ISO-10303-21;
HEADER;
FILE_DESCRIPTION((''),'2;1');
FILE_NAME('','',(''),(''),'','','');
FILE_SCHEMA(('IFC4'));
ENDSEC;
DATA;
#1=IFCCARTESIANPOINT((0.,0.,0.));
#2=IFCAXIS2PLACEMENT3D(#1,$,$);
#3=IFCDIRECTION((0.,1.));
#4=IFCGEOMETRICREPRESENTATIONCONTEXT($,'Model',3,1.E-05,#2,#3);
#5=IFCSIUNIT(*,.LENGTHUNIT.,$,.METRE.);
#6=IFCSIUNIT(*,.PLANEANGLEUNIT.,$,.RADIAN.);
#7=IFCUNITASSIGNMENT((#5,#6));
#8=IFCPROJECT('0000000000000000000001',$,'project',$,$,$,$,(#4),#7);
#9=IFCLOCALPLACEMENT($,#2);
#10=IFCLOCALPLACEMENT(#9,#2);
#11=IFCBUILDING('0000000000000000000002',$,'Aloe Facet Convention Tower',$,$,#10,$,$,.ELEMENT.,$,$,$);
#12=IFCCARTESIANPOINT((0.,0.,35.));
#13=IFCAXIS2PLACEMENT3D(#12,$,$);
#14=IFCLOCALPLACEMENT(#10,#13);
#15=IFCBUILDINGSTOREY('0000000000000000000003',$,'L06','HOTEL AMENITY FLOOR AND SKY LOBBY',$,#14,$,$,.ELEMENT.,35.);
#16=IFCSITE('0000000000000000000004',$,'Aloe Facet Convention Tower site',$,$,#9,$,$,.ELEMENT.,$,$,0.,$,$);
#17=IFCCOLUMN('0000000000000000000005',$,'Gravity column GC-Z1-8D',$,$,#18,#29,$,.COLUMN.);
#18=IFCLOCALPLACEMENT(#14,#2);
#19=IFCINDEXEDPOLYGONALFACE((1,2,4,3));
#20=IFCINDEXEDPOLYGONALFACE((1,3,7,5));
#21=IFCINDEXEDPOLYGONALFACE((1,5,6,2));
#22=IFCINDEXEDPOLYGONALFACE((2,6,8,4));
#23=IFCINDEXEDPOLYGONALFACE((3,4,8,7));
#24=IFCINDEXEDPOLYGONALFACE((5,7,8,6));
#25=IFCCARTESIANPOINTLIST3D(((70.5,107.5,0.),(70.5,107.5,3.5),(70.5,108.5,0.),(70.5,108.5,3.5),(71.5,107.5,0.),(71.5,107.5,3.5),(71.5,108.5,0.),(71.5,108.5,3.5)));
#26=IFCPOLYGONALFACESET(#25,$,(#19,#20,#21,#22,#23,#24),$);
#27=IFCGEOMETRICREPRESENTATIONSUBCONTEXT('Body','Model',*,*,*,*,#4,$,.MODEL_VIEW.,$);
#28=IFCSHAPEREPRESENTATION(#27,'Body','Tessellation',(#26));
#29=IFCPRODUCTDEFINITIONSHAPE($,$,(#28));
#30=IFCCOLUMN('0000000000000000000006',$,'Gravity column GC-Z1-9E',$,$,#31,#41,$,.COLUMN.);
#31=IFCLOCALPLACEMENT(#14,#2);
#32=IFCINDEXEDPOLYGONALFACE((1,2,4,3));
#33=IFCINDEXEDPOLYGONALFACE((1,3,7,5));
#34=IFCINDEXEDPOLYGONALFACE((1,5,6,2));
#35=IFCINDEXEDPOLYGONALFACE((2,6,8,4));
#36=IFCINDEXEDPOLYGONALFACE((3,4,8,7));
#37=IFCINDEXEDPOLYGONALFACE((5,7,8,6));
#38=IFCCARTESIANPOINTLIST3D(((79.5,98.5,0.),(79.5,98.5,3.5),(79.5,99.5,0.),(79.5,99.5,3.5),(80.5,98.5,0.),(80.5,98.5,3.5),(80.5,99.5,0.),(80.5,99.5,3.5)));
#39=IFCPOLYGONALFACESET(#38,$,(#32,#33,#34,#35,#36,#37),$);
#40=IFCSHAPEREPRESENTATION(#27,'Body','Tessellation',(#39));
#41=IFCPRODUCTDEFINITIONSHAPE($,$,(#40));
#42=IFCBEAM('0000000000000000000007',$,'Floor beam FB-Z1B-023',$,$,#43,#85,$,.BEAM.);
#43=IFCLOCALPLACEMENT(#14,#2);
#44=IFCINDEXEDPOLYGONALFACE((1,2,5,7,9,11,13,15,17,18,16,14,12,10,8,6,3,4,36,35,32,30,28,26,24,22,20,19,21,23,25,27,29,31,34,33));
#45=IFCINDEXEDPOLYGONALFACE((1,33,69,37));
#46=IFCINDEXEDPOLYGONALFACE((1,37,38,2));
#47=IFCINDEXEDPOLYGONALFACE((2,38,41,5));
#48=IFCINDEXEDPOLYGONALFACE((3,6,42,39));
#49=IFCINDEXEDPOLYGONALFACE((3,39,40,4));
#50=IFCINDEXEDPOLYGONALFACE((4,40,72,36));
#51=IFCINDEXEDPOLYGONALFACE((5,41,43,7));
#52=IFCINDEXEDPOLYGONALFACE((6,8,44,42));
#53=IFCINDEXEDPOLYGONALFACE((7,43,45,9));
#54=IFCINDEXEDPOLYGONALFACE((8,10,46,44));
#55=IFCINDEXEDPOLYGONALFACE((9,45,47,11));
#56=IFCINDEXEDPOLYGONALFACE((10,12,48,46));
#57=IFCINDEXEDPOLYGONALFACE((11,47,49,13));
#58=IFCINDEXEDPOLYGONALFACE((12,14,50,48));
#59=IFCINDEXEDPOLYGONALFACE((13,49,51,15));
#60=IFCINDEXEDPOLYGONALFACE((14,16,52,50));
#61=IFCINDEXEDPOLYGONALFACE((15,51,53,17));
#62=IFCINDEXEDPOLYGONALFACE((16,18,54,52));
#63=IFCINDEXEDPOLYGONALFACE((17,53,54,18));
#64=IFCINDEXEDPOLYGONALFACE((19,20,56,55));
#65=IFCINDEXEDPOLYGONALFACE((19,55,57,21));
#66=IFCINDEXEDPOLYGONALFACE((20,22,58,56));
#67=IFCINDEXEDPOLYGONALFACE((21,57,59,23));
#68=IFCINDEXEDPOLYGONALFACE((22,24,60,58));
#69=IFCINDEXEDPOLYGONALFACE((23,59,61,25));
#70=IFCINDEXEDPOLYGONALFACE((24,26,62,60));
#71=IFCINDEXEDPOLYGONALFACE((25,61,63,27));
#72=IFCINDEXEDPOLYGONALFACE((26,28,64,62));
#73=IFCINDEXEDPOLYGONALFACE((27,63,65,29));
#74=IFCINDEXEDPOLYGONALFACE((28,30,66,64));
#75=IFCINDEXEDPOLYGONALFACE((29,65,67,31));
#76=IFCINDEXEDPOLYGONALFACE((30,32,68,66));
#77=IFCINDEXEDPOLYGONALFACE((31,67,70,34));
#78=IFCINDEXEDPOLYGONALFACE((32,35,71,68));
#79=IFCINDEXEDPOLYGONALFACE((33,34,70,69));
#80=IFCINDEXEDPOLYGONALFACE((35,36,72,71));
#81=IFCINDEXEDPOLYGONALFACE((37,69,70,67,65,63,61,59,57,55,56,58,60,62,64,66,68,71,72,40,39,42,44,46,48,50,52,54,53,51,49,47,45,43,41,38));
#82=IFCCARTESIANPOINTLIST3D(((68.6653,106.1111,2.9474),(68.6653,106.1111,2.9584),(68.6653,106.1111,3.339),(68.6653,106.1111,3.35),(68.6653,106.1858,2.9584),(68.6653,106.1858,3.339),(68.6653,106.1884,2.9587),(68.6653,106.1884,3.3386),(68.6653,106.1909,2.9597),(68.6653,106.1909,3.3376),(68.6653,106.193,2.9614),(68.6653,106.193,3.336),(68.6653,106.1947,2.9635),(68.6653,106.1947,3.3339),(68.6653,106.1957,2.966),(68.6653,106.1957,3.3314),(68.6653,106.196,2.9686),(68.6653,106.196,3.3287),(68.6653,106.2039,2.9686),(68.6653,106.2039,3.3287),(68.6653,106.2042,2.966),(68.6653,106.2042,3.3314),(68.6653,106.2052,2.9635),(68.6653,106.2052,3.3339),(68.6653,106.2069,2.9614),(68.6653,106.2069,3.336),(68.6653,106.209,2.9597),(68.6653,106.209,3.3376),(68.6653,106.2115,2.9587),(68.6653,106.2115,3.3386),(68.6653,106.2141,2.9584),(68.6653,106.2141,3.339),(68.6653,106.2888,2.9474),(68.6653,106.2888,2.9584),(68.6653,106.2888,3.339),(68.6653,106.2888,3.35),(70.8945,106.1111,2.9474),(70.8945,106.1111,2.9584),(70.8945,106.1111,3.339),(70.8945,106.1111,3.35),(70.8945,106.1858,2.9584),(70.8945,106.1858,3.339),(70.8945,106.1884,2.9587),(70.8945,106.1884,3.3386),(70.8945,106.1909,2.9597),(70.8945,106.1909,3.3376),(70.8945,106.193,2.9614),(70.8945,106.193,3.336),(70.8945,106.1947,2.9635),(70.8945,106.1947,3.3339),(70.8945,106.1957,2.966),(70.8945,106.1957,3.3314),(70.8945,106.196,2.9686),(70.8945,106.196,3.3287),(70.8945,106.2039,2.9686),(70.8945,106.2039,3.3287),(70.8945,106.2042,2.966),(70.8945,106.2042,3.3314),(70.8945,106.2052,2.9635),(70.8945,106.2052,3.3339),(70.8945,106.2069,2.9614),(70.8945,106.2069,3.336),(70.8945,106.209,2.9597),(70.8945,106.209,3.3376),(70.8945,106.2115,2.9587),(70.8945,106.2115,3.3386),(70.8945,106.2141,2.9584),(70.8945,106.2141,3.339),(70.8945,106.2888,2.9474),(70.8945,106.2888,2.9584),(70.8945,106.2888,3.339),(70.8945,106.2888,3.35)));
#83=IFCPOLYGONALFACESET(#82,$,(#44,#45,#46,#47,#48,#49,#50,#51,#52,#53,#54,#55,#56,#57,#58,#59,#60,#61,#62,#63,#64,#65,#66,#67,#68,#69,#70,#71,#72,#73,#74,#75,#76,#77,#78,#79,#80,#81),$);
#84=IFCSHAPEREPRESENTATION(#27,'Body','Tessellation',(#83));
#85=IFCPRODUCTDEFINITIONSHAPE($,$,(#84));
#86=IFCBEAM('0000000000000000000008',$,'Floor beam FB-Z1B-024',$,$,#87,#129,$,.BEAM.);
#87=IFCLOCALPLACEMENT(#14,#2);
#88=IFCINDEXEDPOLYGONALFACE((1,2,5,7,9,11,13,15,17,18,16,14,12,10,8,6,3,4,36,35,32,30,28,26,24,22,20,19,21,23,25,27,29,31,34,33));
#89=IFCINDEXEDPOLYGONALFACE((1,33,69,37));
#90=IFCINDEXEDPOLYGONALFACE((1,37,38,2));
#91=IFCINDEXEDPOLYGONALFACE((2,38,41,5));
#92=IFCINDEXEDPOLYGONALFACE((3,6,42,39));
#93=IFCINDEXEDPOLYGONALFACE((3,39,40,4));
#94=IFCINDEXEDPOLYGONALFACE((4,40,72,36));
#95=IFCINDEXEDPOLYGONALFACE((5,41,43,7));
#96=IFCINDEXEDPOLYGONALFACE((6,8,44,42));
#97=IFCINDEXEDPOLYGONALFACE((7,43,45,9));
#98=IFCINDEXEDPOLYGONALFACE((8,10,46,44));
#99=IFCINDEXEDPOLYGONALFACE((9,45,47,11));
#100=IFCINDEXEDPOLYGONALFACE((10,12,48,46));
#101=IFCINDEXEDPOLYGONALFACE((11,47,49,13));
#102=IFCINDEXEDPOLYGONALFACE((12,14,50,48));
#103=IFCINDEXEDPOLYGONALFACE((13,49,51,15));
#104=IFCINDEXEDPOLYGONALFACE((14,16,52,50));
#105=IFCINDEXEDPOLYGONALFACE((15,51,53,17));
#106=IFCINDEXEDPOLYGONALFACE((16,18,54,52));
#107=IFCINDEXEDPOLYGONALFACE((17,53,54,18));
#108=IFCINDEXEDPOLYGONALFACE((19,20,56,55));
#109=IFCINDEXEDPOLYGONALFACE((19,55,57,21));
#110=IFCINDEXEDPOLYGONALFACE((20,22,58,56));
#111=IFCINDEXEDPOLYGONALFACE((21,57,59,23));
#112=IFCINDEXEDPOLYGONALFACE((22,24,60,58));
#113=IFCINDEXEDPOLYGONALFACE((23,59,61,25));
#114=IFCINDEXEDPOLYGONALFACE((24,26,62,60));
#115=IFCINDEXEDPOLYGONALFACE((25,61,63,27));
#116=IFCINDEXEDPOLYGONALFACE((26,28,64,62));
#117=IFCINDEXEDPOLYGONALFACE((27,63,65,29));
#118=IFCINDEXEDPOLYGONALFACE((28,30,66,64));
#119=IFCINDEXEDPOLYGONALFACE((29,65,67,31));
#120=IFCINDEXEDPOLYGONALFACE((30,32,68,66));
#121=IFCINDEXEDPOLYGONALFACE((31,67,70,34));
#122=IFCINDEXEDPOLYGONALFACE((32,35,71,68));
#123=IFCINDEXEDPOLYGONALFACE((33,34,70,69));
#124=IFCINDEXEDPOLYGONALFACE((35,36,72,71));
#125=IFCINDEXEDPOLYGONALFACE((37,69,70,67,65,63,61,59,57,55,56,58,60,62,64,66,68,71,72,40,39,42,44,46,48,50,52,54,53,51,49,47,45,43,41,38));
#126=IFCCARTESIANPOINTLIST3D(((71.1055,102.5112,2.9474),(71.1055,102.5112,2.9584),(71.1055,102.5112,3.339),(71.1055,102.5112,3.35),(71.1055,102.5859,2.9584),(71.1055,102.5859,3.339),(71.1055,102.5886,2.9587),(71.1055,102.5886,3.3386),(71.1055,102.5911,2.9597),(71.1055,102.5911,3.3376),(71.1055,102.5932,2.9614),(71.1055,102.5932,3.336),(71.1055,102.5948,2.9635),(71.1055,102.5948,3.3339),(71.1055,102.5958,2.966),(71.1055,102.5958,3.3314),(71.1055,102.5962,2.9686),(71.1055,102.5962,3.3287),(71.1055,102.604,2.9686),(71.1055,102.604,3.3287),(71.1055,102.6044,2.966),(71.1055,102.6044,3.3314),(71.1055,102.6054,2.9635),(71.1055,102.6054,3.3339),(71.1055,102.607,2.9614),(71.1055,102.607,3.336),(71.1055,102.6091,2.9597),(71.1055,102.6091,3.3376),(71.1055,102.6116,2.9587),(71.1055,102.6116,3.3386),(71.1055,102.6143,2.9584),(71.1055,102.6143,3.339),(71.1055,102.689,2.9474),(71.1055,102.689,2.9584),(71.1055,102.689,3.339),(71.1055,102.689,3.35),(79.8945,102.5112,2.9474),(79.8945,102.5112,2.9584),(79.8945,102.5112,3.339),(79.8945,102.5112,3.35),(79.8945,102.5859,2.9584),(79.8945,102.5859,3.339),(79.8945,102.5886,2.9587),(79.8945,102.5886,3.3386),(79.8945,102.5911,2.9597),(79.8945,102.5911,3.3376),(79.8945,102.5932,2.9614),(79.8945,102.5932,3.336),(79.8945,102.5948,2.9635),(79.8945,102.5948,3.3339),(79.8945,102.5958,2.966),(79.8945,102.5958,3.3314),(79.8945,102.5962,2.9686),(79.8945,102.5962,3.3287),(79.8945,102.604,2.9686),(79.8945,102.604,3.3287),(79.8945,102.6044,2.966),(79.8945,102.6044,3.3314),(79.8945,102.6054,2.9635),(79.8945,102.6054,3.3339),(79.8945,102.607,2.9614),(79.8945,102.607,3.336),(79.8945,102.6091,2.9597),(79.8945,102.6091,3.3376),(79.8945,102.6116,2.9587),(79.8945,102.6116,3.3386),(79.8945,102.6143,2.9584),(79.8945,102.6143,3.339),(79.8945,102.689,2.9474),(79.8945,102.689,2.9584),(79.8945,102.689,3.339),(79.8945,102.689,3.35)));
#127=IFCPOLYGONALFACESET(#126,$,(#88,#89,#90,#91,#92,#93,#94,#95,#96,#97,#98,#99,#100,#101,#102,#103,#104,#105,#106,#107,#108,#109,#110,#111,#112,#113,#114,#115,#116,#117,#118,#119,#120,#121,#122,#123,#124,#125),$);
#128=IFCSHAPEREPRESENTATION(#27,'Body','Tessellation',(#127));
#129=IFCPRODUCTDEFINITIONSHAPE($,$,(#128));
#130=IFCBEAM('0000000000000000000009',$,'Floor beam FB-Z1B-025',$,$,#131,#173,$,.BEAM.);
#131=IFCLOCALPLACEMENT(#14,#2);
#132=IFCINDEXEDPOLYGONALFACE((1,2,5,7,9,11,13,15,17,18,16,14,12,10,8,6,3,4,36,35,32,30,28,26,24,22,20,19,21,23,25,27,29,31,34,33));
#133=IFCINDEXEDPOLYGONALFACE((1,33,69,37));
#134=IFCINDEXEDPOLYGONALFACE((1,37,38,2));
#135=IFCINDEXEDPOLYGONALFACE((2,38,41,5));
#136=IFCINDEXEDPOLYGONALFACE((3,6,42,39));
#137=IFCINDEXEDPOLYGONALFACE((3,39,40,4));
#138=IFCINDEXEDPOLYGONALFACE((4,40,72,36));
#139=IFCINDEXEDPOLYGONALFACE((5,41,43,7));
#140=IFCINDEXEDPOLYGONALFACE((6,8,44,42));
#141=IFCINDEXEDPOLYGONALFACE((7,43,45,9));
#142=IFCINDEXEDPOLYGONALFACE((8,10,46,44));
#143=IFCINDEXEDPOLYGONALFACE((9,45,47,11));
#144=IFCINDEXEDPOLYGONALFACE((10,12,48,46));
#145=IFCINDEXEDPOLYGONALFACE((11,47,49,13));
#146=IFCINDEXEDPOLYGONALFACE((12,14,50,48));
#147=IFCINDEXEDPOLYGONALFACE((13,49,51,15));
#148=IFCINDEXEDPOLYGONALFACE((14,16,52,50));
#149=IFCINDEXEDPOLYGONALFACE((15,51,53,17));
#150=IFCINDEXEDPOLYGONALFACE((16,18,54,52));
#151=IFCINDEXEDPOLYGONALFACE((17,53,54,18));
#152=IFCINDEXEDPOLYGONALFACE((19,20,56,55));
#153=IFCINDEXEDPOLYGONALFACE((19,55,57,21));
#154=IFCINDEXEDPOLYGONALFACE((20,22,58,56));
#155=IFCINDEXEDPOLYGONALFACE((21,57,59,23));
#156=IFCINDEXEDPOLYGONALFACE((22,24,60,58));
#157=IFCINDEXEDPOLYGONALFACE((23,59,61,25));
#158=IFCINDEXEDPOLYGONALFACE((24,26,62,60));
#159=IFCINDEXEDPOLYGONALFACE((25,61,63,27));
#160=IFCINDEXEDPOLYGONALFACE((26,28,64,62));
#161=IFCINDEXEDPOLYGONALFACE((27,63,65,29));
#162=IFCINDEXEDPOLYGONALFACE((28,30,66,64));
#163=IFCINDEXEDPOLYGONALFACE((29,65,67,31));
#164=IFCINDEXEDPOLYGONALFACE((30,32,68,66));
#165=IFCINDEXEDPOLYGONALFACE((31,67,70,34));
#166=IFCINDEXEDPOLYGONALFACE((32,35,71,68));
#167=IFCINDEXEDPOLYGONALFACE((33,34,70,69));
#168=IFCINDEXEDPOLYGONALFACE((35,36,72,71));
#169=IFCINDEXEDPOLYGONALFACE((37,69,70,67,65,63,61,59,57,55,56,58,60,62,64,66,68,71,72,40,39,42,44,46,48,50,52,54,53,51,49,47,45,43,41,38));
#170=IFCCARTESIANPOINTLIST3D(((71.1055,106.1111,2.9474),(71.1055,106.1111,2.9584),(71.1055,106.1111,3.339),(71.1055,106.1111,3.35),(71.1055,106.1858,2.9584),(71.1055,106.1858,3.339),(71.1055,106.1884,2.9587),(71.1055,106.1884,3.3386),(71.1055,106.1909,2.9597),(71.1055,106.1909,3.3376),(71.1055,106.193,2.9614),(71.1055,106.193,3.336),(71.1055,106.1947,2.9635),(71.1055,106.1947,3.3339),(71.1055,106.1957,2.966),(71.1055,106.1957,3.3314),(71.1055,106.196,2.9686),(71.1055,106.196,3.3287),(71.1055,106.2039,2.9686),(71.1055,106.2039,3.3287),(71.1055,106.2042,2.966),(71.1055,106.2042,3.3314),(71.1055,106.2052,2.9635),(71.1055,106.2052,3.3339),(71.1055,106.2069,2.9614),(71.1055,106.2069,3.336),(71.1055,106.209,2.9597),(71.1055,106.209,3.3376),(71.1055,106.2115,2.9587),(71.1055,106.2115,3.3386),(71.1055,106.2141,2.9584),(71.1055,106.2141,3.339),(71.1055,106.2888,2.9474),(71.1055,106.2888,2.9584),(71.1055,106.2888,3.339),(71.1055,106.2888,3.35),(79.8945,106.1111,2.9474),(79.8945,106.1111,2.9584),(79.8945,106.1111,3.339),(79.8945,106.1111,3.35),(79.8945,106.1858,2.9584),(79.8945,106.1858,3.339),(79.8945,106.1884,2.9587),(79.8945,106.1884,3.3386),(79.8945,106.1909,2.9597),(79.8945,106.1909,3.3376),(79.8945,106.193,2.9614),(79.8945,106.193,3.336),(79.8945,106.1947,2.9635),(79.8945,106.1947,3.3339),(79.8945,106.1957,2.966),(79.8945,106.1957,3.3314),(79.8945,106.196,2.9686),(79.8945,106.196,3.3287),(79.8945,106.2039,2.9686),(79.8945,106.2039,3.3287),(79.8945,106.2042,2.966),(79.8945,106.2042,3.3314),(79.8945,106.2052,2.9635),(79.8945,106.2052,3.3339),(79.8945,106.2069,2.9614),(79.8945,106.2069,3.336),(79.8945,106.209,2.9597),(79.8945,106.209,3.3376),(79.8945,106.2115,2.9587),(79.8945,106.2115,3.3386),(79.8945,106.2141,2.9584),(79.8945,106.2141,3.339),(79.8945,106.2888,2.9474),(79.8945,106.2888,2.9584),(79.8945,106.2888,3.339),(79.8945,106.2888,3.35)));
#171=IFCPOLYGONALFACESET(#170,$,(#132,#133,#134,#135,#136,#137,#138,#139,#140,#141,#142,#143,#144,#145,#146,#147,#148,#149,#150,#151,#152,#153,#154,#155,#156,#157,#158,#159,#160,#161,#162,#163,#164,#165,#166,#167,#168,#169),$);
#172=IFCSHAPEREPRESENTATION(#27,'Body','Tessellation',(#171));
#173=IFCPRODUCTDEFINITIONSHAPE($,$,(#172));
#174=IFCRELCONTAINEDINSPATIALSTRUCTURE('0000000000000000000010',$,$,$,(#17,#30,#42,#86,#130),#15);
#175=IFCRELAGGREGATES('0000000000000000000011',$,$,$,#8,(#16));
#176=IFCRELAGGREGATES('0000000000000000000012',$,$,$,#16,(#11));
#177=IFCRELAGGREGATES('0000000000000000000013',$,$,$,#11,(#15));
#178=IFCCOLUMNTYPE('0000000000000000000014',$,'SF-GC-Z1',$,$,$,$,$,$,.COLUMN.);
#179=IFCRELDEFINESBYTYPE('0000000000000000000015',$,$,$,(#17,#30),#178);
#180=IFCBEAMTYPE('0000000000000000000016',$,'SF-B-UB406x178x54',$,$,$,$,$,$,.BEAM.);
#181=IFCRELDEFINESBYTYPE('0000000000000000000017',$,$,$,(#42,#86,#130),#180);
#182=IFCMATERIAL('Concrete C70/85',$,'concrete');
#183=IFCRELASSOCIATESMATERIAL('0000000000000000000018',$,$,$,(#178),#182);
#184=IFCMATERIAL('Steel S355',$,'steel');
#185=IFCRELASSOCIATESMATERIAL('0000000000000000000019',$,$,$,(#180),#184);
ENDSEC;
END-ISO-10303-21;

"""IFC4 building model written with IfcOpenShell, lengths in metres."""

from ifc_helpers import new_model, si_unit, direction, frame, origin, origin_2d, place, context, subcontext, project, spatial, rectangle, i_section, extrude, material, material_profile, profile_set, type_object, element, save


model = new_model("IFC4")

# Units and contexts
model_context = context("Model", 3, precision=1e-05, world=origin(), true_north=direction((0.0, 1.0)))
body_context = subcontext(model_context, "Body", "Model", "MODEL_VIEW")
ifc_project = project(units=[si_unit("LENGTHUNIT", "METRE"), si_unit("PLANEANGLEUNIT", "RADIAN")], contexts=[model_context])

# Site, building, storey
site_placement = place(None, origin())
site = spatial("IfcSite", under=ifc_project, at=site_placement, Name="Aloe Facet Convention Tower site", CompositionType="ELEMENT", RefElevation=0.0)
building_placement = place(site_placement, origin())
building = spatial("IfcBuilding", under=site, at=building_placement, Name="Aloe Facet Convention Tower", CompositionType="ELEMENT")
storey_placement = place(building_placement, frame((0.0, 0.0, 35.0)))
storey = spatial("IfcBuildingStorey", under=building, at=storey_placement, Name="L06", Description="HOTEL AMENITY FLOOR AND SKY LOBBY", CompositionType="ELEMENT", Elevation=35.0)

# Columns
ifc_material_1 = material(Name="Concrete C70/85", Category="concrete")
ifc_material_profile_1 = material_profile(ifc_material_1, rectangle(XDim=1.0, YDim=1.0, at=origin_2d()), Name="SF-GC-Z1")
ifc_profile_set_1 = profile_set([ifc_material_profile_1], Name="Concrete C70/85")
column_type = type_object("IfcColumnType", Name="SF-GC-Z1", PredefinedType="COLUMN", material=ifc_profile_set_1)
for number, where, z_axis, x_axis, name in (
    (1, (71.0, 108.0, 0.0), (0.0, 0.0, 1.0), (1.0, 0.0, 0.0), "Gravity column GC-Z1-8D"),
    (2, (80.0, 99.0, 0.0), (0.0, 0.0, 1.0), (1.0, 0.0, 0.0), "Gravity column GC-Z1-9E"),
):
    element("IfcColumn", number, at=place(storey_placement, frame(where, z_axis=z_axis, x_axis=x_axis)), inside=storey, type_object=column_type, Name=name, PredefinedType="COLUMN", context=body_context, shape_type="SweptSolid", body=[
        extrude(rectangle(XDim=1.0, YDim=1.0, at=origin_2d()), origin(), (0.0, 0.0, 1.0), 3.5),
    ])

# Beams
ifc_material_2 = material(Name="Steel S355", Category="steel")
ifc_material_profile_2 = material_profile(ifc_material_2, i_section(OverallWidth=0.1777, OverallDepth=0.4026, WebThickness=0.0078, FlangeThickness=0.011, FilletRadius=0.0103, at=origin_2d()), Name="UB 406x178x54")
ifc_profile_set_2 = profile_set([ifc_material_profile_2], Name="Steel S355")
beam_type_1 = type_object("IfcBeamType", Name="SF-B-UB406x178x54", PredefinedType="BEAM", material=ifc_profile_set_2)
beam_1_placement = place(storey_placement, frame((68.6653, 106.2, 3.1487), z_axis=(1.0, 0.0, 0.0), x_axis=(0.0, 1.0, 0.0)))
element("IfcBeam", 3, at=beam_1_placement, inside=storey, type_object=beam_type_1, Name="Floor beam FB-Z1B-023", PredefinedType="BEAM", context=body_context, shape_type="SweptSolid", body=[
    extrude(i_section(OverallWidth=0.1777, OverallDepth=0.4026, WebThickness=0.0078, FlangeThickness=0.011, FilletRadius=0.0103, at=origin_2d()), origin(), (0.0, 0.0, 1.0), 2.2292),
])
for number, where, z_axis, x_axis, name in (
    (4, (71.1055, 102.6001, 3.1487), (1.0, 0.0, 0.0), (0.0, 1.0, 0.0), "Floor beam FB-Z1B-024"),
    (5, (71.1055, 106.2, 3.1487), (1.0, 0.0, 0.0), (0.0, 1.0, 0.0), "Floor beam FB-Z1B-025"),
):
    element("IfcBeam", number, at=place(storey_placement, frame(where, z_axis=z_axis, x_axis=x_axis)), inside=storey, type_object=beam_type_1, Name=name, PredefinedType="BEAM", context=body_context, shape_type="SweptSolid", body=[
        extrude(i_section(OverallWidth=0.1777, OverallDepth=0.4026, WebThickness=0.0078, FlangeThickness=0.011, FilletRadius=0.0103, at=origin_2d()), origin(), (0.0, 0.0, 1.0), 8.7891),
    ])

save(model, "model.ifc")
